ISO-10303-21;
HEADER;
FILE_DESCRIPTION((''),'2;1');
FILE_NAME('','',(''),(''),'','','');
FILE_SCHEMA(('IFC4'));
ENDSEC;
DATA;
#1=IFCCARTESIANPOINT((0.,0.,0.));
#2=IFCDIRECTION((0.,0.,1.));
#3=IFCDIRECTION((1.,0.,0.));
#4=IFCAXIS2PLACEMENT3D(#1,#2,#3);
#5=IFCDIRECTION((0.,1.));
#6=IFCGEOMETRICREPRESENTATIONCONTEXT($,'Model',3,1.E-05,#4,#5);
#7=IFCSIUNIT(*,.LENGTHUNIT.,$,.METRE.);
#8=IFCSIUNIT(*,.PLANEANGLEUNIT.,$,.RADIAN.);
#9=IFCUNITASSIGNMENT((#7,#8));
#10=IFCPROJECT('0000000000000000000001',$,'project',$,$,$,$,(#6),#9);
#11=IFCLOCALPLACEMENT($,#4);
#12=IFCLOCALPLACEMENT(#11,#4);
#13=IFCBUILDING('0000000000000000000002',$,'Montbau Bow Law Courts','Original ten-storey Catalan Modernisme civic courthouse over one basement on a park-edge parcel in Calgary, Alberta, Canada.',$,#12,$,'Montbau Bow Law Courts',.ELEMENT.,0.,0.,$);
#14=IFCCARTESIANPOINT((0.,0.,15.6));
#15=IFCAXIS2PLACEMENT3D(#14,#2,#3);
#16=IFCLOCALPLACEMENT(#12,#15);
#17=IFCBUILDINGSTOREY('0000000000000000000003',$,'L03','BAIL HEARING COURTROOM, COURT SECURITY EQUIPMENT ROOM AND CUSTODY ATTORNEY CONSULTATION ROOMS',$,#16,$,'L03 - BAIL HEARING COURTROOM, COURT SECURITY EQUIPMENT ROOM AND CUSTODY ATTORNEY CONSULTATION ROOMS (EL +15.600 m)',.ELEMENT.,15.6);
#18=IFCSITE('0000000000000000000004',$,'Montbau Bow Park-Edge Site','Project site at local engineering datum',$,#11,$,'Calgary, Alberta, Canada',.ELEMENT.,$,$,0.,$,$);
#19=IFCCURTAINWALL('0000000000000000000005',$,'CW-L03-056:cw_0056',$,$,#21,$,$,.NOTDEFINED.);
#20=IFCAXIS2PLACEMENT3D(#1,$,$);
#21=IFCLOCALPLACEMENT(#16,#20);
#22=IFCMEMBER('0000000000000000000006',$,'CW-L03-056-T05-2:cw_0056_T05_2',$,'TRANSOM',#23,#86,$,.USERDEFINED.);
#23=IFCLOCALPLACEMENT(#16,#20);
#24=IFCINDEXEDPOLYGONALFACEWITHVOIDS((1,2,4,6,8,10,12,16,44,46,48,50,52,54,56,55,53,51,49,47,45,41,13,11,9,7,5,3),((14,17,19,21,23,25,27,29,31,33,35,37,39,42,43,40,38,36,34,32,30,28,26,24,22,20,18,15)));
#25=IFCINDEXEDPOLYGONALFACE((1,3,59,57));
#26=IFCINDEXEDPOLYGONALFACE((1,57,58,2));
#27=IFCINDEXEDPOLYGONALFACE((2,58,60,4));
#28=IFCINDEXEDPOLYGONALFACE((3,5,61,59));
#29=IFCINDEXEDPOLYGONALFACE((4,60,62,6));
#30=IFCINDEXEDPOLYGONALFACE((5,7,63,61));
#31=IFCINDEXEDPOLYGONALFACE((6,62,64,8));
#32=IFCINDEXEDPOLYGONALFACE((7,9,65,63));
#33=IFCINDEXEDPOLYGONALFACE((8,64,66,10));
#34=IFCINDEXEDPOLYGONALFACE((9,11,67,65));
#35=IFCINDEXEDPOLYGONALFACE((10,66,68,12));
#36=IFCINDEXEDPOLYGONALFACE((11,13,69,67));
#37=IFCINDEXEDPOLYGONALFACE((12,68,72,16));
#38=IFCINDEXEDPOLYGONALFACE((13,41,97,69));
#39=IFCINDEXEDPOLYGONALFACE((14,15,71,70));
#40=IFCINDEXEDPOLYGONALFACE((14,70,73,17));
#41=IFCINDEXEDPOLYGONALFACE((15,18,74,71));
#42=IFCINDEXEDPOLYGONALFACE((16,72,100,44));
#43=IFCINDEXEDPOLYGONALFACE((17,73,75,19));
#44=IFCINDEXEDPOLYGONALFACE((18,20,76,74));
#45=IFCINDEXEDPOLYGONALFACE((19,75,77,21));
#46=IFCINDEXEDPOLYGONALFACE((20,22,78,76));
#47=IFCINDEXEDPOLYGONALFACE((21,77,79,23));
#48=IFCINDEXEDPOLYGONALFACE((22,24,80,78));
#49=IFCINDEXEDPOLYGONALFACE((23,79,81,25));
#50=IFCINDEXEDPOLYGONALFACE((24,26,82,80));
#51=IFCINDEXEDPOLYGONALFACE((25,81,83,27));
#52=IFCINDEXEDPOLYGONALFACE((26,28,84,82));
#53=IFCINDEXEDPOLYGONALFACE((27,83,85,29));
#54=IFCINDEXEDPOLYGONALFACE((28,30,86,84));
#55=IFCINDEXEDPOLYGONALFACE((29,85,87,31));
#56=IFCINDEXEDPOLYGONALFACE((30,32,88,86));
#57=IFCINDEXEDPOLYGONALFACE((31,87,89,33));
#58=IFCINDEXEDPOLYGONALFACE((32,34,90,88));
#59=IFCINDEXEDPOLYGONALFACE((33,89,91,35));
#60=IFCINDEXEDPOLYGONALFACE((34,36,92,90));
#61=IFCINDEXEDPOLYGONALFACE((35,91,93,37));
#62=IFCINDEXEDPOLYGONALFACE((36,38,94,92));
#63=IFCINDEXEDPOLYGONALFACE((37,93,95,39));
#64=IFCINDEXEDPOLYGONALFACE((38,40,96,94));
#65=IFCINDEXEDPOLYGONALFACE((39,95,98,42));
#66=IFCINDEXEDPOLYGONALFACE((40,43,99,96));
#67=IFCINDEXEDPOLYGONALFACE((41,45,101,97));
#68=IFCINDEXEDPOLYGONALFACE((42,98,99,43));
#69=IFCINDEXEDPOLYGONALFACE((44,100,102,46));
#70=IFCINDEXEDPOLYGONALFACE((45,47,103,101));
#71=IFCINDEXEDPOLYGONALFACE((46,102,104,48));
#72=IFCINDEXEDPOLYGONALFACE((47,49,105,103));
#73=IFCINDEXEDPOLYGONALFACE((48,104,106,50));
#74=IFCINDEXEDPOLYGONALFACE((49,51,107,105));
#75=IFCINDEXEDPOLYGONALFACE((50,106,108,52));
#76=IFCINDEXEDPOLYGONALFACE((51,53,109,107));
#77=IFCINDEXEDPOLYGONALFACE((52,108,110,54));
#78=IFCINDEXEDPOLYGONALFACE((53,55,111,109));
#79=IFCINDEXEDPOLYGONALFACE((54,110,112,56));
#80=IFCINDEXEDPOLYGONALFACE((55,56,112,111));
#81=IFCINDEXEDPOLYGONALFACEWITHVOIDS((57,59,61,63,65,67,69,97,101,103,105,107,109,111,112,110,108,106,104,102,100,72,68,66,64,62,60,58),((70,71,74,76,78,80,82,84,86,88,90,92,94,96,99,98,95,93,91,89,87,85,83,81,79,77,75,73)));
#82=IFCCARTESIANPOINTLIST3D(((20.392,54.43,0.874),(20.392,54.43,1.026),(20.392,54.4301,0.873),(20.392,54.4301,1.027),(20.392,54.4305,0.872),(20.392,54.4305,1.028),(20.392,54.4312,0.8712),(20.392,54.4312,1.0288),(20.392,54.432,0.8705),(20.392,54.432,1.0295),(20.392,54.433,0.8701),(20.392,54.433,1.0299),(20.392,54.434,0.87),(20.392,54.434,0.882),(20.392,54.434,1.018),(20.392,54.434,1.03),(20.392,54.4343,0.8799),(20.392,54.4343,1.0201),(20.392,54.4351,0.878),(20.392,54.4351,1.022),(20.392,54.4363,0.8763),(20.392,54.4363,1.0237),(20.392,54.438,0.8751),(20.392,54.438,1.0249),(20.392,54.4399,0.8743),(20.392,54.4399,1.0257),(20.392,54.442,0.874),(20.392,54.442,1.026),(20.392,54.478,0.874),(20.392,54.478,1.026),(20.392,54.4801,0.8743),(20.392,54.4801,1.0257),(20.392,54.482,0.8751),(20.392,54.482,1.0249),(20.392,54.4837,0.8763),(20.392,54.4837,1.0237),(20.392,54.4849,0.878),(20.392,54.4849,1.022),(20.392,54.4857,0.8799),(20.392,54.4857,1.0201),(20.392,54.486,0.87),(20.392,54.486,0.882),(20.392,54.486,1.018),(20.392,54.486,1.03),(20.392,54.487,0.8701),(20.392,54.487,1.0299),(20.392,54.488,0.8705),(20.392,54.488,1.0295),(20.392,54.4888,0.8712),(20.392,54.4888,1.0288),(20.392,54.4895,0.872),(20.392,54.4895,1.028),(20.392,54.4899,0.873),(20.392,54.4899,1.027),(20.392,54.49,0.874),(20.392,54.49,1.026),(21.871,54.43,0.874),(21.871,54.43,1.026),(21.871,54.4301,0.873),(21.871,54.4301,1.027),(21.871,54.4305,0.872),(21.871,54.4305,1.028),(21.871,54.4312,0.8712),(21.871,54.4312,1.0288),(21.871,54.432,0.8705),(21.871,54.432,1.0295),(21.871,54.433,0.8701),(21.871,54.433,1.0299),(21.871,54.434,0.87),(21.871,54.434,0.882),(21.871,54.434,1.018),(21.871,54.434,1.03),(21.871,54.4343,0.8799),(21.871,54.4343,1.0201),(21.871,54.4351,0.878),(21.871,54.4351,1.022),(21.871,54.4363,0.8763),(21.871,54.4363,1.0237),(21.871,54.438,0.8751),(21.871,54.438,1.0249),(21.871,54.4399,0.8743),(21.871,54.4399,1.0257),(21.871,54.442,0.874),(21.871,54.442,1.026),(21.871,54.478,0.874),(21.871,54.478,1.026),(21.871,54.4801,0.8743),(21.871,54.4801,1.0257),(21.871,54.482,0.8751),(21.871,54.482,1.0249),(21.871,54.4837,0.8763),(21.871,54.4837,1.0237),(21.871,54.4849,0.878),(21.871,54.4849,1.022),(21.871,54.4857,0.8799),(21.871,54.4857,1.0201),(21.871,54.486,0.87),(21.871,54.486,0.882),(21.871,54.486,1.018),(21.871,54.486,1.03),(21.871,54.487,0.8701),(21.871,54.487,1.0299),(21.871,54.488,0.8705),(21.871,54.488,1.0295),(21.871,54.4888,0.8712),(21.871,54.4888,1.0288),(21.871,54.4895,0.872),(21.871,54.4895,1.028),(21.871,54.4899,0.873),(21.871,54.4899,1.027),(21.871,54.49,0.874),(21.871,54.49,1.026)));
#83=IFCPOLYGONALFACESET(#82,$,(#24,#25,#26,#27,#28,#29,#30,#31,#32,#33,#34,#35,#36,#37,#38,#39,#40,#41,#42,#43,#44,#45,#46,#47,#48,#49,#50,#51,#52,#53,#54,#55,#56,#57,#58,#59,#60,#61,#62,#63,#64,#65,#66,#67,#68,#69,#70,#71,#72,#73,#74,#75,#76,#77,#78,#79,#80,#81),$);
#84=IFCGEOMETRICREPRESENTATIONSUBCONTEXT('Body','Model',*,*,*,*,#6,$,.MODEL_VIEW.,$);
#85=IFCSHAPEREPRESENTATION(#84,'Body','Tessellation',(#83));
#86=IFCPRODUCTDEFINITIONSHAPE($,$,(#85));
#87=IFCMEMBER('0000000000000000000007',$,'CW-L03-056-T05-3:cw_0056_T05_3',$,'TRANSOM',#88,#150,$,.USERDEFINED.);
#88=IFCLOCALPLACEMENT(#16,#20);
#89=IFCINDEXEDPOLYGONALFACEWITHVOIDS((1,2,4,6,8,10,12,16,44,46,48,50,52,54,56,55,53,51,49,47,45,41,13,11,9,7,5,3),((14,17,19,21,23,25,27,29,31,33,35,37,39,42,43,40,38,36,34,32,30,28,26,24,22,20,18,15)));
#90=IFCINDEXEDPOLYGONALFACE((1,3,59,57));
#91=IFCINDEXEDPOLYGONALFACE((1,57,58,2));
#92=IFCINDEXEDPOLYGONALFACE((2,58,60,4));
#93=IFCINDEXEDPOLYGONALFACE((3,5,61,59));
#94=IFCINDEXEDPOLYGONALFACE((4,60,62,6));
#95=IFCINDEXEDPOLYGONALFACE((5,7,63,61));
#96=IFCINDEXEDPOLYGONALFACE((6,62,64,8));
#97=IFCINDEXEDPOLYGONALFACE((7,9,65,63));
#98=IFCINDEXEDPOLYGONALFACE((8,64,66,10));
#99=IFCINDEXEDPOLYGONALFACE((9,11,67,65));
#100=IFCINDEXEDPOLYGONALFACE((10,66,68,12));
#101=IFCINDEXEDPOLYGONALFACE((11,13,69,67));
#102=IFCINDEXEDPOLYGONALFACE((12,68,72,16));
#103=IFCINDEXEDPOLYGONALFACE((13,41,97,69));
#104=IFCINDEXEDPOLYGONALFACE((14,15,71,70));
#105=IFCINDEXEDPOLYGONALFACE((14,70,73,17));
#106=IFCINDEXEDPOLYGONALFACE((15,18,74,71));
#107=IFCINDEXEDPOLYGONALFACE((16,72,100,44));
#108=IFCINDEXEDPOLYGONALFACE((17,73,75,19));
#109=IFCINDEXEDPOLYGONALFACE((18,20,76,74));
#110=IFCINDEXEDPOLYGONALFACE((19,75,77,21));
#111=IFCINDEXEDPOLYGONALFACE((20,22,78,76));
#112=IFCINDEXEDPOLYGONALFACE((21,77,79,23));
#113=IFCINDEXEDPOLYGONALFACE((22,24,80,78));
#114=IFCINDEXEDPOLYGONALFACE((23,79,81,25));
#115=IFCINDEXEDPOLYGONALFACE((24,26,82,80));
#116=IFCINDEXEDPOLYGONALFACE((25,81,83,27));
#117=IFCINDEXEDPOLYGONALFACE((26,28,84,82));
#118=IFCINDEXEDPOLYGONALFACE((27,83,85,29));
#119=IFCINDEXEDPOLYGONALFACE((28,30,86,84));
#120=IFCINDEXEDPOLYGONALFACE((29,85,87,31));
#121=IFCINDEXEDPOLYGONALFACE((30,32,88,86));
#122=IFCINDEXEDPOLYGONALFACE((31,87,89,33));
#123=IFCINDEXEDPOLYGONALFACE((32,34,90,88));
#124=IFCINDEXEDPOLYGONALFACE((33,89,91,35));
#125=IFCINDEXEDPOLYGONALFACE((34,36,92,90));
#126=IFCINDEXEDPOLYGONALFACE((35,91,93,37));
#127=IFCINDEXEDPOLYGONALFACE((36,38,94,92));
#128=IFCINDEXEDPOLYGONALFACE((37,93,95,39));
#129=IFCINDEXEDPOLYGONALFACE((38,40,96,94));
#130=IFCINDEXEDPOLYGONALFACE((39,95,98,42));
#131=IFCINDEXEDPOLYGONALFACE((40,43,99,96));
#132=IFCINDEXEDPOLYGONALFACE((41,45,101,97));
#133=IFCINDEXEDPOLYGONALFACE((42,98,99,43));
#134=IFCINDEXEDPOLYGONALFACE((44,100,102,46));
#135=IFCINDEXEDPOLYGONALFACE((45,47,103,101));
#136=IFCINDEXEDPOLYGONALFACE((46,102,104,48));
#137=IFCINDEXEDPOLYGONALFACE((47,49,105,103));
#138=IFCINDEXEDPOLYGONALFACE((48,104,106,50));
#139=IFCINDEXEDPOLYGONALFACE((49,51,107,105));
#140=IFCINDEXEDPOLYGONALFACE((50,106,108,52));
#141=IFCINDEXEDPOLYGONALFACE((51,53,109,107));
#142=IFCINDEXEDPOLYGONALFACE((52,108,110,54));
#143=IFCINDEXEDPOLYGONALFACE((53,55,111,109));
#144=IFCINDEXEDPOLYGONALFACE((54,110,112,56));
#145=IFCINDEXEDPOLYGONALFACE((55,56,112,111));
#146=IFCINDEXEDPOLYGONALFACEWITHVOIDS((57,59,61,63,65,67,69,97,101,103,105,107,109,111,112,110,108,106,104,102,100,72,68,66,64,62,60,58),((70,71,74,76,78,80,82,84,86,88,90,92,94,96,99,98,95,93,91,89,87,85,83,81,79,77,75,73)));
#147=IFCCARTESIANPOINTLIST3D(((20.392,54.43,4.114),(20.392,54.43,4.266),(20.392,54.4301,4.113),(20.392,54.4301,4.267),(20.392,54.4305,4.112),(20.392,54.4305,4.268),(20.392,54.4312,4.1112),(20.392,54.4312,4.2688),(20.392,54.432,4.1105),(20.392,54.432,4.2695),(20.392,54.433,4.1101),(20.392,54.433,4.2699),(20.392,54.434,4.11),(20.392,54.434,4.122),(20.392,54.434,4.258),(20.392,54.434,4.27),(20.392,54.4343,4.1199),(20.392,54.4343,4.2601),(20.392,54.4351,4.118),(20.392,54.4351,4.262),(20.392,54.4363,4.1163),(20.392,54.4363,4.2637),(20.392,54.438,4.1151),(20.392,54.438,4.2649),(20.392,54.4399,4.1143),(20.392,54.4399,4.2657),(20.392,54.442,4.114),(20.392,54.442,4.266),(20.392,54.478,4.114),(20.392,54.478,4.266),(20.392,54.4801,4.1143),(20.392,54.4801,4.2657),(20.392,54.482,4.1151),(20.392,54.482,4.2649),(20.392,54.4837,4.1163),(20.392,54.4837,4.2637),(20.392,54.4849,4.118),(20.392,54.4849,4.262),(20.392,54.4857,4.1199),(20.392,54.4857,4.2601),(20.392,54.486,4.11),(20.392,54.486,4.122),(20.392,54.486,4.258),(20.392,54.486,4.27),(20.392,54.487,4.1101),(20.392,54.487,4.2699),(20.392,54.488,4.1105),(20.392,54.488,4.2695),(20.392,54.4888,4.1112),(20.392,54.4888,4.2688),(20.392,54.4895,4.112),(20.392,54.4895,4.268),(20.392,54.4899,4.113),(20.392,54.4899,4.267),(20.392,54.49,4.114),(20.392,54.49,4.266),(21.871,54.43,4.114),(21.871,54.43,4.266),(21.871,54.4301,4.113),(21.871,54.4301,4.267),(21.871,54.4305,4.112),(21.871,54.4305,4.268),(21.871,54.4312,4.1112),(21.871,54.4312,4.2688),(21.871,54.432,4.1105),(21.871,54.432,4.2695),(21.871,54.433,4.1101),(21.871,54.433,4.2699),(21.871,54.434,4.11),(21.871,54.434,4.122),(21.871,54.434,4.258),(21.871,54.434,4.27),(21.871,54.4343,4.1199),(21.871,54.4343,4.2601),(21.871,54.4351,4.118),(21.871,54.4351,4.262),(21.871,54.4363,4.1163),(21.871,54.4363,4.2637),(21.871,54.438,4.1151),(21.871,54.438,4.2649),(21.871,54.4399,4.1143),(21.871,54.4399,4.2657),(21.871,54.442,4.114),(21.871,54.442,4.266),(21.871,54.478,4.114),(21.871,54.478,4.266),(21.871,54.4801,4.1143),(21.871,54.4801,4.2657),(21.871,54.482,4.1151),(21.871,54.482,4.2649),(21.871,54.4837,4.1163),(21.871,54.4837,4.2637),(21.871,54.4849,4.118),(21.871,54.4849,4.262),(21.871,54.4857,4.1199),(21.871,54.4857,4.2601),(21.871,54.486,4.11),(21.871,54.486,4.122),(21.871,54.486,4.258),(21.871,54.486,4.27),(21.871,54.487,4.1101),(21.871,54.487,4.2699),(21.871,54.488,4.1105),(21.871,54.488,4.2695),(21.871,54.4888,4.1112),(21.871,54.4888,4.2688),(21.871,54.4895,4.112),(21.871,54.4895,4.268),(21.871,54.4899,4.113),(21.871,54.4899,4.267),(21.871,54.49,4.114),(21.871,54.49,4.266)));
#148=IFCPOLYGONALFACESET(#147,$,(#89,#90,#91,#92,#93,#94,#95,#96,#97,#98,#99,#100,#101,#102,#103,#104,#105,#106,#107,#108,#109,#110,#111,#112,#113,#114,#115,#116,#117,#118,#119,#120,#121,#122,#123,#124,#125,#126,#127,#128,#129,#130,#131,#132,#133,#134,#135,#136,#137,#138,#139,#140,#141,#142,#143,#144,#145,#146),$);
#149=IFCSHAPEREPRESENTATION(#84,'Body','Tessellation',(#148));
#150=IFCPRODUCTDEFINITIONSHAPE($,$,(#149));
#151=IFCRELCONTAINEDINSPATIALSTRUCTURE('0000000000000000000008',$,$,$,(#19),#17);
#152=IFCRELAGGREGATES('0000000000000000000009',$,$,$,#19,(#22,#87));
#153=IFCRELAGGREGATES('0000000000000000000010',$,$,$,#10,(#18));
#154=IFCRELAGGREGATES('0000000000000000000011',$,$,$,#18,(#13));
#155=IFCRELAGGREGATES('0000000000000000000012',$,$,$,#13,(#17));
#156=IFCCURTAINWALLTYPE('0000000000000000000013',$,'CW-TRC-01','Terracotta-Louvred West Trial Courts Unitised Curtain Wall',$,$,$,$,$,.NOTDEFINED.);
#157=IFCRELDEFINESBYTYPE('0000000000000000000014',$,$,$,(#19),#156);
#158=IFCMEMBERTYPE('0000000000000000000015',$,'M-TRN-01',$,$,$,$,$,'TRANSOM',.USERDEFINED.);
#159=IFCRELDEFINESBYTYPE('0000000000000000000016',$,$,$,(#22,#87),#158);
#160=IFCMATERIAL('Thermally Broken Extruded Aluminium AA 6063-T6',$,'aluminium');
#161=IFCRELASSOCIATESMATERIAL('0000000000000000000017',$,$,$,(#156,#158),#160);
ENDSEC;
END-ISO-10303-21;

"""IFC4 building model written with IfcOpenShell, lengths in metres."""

from ifc_helpers import new_model, si_unit, direction, frame, origin_with_axes, origin_2d_with_axis, place, context, subcontext, project, spatial, hollow_rectangle, extrude, material, material_profile, profile_set, type_object, element, aggregate, save


model = new_model("IFC4")

# Units and contexts
model_context = context("Model", 3, precision=1e-05, world=origin_with_axes(), true_north=direction((0.0, 1.0)))
body_context = subcontext(model_context, "Body", "Model", "MODEL_VIEW")
ifc_project = project(units=[si_unit("LENGTHUNIT", "METRE"), si_unit("PLANEANGLEUNIT", "RADIAN")], contexts=[model_context])

# Site, building, storey
site_placement = place(None, origin_with_axes())
site = spatial("IfcSite", under=ifc_project, at=site_placement, Name="Montbau Bow Park-Edge Site", Description="Project site at local engineering datum", LongName="Calgary, Alberta, Canada", CompositionType="ELEMENT", RefElevation=0.0)
building_placement = place(site_placement, origin_with_axes())
building = spatial("IfcBuilding", under=site, at=building_placement, Name="Montbau Bow Law Courts", Description="Original ten-storey Catalan Modernisme civic courthouse over one basement on a park-edge parcel in Calgary, Alberta, Canada.", LongName="Montbau Bow Law Courts", CompositionType="ELEMENT", ElevationOfRefHeight=0.0, ElevationOfTerrain=0.0)
storey_placement = place(building_placement, frame((0.0, 0.0, 15.6), z_axis=(0.0, 0.0, 1.0), x_axis=(1.0, 0.0, 0.0)))
storey = spatial("IfcBuildingStorey", under=building, at=storey_placement, Name="L03", Description="BAIL HEARING COURTROOM, COURT SECURITY EQUIPMENT ROOM AND CUSTODY ATTORNEY CONSULTATION ROOMS", LongName="L03 - BAIL HEARING COURTROOM, COURT SECURITY EQUIPMENT ROOM AND CUSTODY ATTORNEY CONSULTATION ROOMS (EL +15.600 m)", CompositionType="ELEMENT", Elevation=15.6)

# Curtain wall, members
ifc_material_1 = material(Name="Thermally Broken Extruded Aluminium AA 6063-T6", Category="aluminium")
curtain_wall_type = type_object("IfcCurtainWallType", Name="CW-TRC-01", Description="Terracotta-Louvred West Trial Courts Unitised Curtain Wall", PredefinedType="NOTDEFINED", material=ifc_material_1)
curtain_wall_1_placement = place(None, frame((14.068, 54.46, 15.6), z_axis=(0.0, 0.0, 1.0), x_axis=(1.0, 0.0, 0.0)))
curtain_wall_1 = element("IfcCurtainWall", 1, at=curtain_wall_1_placement, inside=storey, type_object=curtain_wall_type, Name="CW-L03-056:cw_0056", PredefinedType="NOTDEFINED")
ifc_material_profile_1 = material_profile(ifc_material_1, hollow_rectangle(XDim=0.06, YDim=0.16, WallThickness=0.004, InnerFilletRadius=0.008, OuterFilletRadius=0.004, at=origin_2d_with_axis()), Name="CWT-160X60", Category="Main", Priority=0)
ifc_profile_set_1 = profile_set([ifc_material_profile_1], Name="Thermally Broken Extruded Aluminium AA 6063-T6")
member_type_1 = type_object("IfcMemberType", Name="M-TRN-01", ElementType="TRANSOM", PredefinedType="USERDEFINED", material=ifc_profile_set_1)
member_1_placement = place(None, frame((20.392, 54.46, 16.55), z_axis=(1.0, 0.0, 0.0), x_axis=(0.0, 1.0, 0.0)))
member_1 = element("IfcMember", 2, at=member_1_placement, type_object=member_type_1, Name="CW-L03-056-T05-2:cw_0056_T05_2", ObjectType="TRANSOM", PredefinedType="USERDEFINED", context=body_context, shape_type="SweptSolid", body=[
    extrude(hollow_rectangle(XDim=0.06, YDim=0.16, WallThickness=0.004, InnerFilletRadius=0.008, OuterFilletRadius=0.004, at=origin_2d_with_axis()), origin_with_axes(), (0.0, 0.0, 1.0), 1.479),
])
member_2_placement = place(None, frame((20.392, 54.46, 19.79), z_axis=(1.0, 0.0, 0.0), x_axis=(0.0, 1.0, 0.0)))
member_2 = element("IfcMember", 3, at=member_2_placement, type_object=member_type_1, Name="CW-L03-056-T05-3:cw_0056_T05_3", ObjectType="TRANSOM", PredefinedType="USERDEFINED", context=body_context, shape_type="SweptSolid", body=[
    extrude(hollow_rectangle(XDim=0.06, YDim=0.16, WallThickness=0.004, InnerFilletRadius=0.008, OuterFilletRadius=0.004, at=origin_2d_with_axis()), origin_with_axes(), (0.0, 0.0, 1.0), 1.479),
])

aggregate(curtain_wall_1, [member_1, member_2])

save(model, "model.ifc")
